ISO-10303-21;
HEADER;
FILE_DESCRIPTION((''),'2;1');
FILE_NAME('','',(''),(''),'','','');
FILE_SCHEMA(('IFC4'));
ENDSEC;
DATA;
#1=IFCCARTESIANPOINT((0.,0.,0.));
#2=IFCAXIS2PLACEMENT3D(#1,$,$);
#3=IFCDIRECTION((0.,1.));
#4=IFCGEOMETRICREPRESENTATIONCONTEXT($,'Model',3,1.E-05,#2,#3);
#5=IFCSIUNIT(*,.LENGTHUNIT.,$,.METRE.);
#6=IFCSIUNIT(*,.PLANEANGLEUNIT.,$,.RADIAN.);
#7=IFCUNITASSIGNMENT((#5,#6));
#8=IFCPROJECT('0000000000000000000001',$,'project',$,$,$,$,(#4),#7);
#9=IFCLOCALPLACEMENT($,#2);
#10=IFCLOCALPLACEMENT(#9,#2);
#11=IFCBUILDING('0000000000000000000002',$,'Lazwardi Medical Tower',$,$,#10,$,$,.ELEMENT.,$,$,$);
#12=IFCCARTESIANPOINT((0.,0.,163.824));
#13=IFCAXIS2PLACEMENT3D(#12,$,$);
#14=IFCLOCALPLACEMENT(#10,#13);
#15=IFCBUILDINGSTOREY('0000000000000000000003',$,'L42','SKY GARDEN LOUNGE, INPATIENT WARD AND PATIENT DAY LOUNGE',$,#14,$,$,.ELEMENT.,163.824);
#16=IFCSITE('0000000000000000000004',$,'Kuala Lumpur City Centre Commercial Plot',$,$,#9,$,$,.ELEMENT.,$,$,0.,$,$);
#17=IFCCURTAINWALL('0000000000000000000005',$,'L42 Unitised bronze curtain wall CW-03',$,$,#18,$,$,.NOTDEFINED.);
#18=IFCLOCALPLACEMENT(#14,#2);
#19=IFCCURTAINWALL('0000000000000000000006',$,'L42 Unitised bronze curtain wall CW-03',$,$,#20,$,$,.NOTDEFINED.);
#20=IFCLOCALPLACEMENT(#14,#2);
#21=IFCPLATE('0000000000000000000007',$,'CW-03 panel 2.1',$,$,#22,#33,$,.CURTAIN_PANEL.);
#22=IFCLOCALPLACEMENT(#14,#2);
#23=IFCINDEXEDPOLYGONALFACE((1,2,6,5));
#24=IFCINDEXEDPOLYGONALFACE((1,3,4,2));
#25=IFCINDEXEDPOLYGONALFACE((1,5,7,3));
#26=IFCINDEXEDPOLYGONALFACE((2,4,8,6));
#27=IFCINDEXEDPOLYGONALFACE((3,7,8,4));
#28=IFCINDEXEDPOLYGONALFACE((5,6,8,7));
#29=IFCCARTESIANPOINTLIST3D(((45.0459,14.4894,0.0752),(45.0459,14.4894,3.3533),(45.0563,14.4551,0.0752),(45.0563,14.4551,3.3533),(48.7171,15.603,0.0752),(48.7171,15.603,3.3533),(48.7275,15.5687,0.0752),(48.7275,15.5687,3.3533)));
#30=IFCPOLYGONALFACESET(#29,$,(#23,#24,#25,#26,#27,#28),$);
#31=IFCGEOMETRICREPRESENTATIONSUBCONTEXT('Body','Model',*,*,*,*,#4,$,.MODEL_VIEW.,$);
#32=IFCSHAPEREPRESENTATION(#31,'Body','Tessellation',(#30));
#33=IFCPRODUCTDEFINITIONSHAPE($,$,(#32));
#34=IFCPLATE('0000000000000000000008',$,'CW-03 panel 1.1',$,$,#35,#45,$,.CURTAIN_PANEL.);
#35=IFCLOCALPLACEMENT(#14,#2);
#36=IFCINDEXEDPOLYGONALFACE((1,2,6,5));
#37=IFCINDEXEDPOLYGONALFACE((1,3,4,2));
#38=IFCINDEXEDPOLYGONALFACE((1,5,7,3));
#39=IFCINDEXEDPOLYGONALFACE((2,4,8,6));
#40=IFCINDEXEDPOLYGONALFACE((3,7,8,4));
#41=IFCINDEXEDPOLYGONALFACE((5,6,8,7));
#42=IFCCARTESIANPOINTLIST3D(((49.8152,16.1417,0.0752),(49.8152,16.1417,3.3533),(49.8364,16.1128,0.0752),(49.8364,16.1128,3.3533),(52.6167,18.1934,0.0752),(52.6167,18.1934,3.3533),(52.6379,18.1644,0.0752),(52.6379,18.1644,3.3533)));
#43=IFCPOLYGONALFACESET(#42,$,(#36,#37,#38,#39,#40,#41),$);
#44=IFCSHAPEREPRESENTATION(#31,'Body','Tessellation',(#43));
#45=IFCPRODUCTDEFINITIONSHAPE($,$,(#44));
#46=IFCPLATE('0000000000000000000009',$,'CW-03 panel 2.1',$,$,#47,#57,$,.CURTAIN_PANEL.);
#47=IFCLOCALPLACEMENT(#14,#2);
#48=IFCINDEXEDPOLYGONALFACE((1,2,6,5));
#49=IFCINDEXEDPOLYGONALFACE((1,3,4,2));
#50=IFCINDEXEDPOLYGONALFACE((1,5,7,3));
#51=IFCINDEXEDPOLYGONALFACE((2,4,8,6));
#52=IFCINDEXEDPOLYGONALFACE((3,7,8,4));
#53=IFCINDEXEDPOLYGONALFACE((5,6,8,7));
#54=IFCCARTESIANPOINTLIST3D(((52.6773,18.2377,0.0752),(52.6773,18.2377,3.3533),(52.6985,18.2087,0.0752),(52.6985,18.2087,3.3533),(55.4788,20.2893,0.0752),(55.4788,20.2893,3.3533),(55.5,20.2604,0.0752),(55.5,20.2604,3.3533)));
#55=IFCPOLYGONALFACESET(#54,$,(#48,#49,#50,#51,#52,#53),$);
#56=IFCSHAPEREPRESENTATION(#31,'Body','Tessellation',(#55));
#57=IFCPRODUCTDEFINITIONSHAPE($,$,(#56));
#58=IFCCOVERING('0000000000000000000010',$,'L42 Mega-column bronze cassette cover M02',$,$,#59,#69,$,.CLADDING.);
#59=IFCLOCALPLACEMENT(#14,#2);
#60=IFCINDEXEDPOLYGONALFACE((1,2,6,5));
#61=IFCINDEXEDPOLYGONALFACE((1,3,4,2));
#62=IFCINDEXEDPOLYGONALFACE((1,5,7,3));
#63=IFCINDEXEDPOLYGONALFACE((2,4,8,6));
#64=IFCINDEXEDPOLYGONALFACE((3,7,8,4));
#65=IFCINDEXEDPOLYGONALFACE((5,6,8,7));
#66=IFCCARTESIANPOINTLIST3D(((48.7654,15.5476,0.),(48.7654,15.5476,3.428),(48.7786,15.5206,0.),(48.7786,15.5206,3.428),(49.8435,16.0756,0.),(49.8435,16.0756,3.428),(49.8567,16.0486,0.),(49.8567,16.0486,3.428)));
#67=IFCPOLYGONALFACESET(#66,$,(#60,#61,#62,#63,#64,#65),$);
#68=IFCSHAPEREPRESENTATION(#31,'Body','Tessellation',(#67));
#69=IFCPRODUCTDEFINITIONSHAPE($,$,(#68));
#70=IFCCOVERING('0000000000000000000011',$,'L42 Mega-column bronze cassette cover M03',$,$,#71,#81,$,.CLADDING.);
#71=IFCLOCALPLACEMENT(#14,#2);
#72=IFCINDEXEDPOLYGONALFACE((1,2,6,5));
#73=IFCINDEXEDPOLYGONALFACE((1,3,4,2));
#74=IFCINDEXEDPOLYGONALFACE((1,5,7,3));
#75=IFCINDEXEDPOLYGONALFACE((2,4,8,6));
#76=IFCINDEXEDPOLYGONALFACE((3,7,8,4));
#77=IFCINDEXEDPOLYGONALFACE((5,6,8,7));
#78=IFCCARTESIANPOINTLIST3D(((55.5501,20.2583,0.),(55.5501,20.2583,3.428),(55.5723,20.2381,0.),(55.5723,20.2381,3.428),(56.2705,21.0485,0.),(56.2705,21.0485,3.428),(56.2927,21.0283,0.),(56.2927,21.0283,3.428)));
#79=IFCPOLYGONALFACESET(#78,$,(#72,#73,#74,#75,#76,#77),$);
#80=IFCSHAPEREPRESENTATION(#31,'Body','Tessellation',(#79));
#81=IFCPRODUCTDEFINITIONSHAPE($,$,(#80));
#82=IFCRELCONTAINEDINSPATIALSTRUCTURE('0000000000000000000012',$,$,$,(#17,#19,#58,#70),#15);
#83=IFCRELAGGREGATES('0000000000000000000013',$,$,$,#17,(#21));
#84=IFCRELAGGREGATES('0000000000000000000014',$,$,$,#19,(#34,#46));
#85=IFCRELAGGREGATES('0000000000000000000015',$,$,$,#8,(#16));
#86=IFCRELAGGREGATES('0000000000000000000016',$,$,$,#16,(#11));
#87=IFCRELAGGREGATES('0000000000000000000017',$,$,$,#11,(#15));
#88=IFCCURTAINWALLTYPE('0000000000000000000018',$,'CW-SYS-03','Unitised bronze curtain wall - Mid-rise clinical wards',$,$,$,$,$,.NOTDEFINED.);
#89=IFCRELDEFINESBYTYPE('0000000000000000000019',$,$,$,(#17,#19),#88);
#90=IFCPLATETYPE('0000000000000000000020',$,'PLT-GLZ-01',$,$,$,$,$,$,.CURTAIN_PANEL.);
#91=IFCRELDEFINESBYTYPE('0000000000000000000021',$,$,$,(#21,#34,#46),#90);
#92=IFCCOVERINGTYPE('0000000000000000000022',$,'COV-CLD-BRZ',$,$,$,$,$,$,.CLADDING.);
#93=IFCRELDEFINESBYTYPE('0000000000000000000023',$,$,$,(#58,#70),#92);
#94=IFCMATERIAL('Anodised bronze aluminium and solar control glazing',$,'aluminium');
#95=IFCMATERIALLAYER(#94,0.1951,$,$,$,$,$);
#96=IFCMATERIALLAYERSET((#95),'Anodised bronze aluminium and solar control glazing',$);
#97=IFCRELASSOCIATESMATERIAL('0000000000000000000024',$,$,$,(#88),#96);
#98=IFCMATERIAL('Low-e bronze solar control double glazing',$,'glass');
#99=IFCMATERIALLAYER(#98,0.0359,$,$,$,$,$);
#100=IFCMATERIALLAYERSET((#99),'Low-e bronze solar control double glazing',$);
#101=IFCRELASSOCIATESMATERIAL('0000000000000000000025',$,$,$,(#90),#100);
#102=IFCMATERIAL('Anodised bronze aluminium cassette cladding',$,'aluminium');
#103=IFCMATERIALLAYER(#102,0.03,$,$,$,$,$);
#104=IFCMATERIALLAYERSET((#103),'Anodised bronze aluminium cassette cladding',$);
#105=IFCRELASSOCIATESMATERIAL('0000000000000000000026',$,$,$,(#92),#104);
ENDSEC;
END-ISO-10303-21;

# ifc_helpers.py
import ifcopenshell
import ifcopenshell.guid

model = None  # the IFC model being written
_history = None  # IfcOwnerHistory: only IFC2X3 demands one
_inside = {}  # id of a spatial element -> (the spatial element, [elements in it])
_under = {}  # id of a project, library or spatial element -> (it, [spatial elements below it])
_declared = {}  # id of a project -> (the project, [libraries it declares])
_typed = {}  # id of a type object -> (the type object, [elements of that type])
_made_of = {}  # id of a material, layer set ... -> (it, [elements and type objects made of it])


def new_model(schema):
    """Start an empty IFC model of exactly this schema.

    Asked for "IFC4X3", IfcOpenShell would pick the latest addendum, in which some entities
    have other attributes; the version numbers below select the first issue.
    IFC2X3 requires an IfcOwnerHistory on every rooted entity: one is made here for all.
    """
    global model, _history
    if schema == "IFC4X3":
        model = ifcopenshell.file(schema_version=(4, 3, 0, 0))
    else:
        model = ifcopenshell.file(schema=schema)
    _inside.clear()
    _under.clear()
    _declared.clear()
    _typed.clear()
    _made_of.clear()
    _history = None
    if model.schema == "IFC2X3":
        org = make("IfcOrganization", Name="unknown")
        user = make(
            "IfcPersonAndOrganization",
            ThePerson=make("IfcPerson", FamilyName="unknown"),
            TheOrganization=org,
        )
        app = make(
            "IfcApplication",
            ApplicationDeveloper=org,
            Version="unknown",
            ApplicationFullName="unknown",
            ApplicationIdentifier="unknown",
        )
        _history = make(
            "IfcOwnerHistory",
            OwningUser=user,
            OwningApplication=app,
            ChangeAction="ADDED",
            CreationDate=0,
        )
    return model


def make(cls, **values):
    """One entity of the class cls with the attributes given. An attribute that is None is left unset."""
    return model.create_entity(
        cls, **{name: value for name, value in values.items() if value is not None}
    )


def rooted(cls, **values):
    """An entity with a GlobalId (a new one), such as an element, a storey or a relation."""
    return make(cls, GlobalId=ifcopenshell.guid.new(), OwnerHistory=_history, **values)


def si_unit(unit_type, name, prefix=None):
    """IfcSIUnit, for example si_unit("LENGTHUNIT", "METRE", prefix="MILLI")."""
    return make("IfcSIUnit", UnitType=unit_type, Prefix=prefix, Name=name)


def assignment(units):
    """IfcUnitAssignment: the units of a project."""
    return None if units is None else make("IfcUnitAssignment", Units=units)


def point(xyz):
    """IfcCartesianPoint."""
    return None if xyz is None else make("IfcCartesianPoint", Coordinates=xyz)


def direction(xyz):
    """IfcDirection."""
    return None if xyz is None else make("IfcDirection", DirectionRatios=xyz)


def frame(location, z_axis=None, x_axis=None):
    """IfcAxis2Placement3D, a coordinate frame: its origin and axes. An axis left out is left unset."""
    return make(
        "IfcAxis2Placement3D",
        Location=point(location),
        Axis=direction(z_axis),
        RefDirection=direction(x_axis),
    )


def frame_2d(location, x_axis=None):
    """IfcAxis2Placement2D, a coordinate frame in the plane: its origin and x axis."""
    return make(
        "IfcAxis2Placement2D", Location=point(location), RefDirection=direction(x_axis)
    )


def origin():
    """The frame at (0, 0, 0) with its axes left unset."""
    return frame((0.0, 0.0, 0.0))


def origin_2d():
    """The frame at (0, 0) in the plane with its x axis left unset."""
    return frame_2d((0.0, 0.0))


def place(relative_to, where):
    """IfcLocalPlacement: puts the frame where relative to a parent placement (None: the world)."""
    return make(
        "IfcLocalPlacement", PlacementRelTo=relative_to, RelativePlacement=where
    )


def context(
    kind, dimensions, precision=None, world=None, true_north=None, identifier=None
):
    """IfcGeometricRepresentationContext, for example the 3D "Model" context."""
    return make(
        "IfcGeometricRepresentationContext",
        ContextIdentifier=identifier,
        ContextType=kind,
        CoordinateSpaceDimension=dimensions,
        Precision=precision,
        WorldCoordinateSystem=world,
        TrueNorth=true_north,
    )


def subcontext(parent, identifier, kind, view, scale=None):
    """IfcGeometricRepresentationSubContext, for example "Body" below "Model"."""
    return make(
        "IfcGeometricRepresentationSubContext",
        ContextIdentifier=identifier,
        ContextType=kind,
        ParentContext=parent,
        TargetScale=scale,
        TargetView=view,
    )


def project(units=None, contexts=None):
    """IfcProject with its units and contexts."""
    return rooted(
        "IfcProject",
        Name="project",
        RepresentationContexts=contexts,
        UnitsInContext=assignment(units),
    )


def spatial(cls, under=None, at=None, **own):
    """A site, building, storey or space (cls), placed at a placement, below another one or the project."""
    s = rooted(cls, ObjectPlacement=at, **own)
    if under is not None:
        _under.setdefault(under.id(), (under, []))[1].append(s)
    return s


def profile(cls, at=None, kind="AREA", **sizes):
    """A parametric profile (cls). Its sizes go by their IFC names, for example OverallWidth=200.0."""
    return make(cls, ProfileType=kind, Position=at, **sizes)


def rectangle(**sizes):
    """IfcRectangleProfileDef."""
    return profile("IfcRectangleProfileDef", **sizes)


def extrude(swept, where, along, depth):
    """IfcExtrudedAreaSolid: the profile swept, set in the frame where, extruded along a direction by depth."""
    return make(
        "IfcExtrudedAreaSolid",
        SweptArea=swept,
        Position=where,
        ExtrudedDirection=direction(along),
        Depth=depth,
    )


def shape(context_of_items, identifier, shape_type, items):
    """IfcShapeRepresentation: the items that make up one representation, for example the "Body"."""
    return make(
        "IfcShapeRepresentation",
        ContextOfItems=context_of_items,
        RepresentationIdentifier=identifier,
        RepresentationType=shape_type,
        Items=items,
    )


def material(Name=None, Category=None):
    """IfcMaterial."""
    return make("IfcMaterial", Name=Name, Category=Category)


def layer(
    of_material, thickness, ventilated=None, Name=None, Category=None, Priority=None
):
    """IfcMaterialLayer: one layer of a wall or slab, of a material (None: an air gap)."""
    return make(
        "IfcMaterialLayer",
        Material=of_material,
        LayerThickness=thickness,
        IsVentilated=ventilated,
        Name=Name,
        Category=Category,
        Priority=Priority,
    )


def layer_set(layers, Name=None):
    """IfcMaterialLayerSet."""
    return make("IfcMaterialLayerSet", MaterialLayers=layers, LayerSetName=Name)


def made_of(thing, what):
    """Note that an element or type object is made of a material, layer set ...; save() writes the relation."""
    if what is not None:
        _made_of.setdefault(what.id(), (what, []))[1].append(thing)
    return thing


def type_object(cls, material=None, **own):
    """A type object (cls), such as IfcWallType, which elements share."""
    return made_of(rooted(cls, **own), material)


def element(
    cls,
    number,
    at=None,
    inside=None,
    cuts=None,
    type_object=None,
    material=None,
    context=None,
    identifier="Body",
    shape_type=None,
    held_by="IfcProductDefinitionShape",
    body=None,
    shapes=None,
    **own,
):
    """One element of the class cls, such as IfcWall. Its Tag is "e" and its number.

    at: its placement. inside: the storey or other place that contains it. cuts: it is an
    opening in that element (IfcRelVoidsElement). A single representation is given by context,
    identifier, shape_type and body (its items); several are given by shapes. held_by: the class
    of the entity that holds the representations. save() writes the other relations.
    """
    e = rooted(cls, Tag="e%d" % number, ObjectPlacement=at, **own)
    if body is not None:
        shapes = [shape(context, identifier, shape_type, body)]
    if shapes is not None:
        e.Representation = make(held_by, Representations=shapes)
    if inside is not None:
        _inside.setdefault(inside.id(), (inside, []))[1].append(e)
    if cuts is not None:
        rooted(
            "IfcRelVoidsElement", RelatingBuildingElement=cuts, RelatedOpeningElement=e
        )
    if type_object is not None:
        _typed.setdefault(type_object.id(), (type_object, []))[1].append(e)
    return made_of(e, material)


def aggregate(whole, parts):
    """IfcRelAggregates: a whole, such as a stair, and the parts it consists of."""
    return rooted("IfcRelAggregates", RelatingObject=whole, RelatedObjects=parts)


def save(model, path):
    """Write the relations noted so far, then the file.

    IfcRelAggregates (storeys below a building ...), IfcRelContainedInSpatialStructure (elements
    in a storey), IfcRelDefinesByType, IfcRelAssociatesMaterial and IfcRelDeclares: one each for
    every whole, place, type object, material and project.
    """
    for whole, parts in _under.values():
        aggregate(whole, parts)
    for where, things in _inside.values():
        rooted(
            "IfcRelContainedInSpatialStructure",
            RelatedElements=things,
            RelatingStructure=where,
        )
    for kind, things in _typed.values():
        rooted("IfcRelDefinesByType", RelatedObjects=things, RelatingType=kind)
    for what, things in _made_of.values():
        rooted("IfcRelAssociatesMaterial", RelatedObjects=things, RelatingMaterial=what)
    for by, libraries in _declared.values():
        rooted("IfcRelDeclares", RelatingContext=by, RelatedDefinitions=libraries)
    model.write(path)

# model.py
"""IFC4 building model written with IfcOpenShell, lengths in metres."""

from ifc_helpers import new_model, si_unit, direction, frame, origin, origin_2d, place, context, subcontext, project, spatial, rectangle, extrude, material, layer, layer_set, type_object, element, aggregate, save


model = new_model("IFC4")

# Units and contexts
model_context = context("Model", 3, precision=1e-05, world=origin(), true_north=direction((0.0, 1.0)))
body_context = subcontext(model_context, "Body", "Model", "MODEL_VIEW")
ifc_project = project(units=[si_unit("LENGTHUNIT", "METRE"), si_unit("PLANEANGLEUNIT", "RADIAN")], contexts=[model_context])

# Site, building, storey
site_placement = place(None, origin())
site = spatial("IfcSite", under=ifc_project, at=site_placement, Name="Kuala Lumpur City Centre Commercial Plot", CompositionType="ELEMENT", RefElevation=0.0)
building_placement = place(site_placement, origin())
building = spatial("IfcBuilding", under=site, at=building_placement, Name="Lazwardi Medical Tower", CompositionType="ELEMENT")
storey_placement = place(building_placement, frame((0.0, 0.0, 163.824)))
storey = spatial("IfcBuildingStorey", under=building, at=storey_placement, Name="L42", Description="SKY GARDEN LOUNGE, INPATIENT WARD AND PATIENT DAY LOUNGE", CompositionType="ELEMENT", Elevation=163.824)

# Curtain wall
ifc_material_1 = material(Name="Anodised bronze aluminium and solar control glazing", Category="aluminium")
ifc_layer_1 = layer(ifc_material_1, 0.1951)
ifc_layer_set_1 = layer_set([ifc_layer_1], Name="Anodised bronze aluminium and solar control glazing")
curtain_wall_type = type_object("IfcCurtainWallType", Name="CW-SYS-03", Description="Unitised bronze curtain wall - Mid-rise clinical wards", PredefinedType="NOTDEFINED", material=ifc_layer_set_1)
curtain_wall_1_placement = place(storey_placement, origin())
curtain_wall_1 = element("IfcCurtainWall", 1, at=curtain_wall_1_placement, inside=storey, type_object=curtain_wall_type, Name="L42 Unitised bronze curtain wall CW-03", PredefinedType="NOTDEFINED")

# Curtain wall
curtain_wall_2_placement = place(storey_placement, origin())
curtain_wall_2 = element("IfcCurtainWall", 2, at=curtain_wall_2_placement, inside=storey, type_object=curtain_wall_type, Name="L42 Unitised bronze curtain wall CW-03", PredefinedType="NOTDEFINED")

# Plates
ifc_material_2 = material(Name="Low-e bronze solar control double glazing", Category="glass")
ifc_layer_2 = layer(ifc_material_2, 0.0359)
ifc_layer_set_2 = layer_set([ifc_layer_2], Name="Low-e bronze solar control double glazing")
plate_type = type_object("IfcPlateType", Name="PLT-GLZ-01", PredefinedType="CURTAIN_PANEL", material=ifc_layer_set_2)
plate_1_placement = place(storey_placement, frame((46.8867, 15.0291, 0.0752), z_axis=(0.0, 0.0, 1.0), x_axis=(0.956942, 0.290281, 0.0)))
plate_1 = element("IfcPlate", 3, at=plate_1_placement, type_object=plate_type, Name="CW-03 panel 2.1", PredefinedType="CURTAIN_PANEL", context=body_context, shape_type="SweptSolid", body=[
    extrude(rectangle(XDim=3.8364, YDim=0.0359, at=origin_2d()), origin(), (0.0, 0.0, 1.0), 3.2781),
])
aggregate(curtain_wall_1, [plate_1])
plate_2_placement = place(storey_placement, frame((51.2266, 17.1531, 0.0752), z_axis=(0.0, 0.0, 1.0), x_axis=(0.806793, 0.590834, 0.0)))
plate_2 = element("IfcPlate", 4, at=plate_2_placement, type_object=plate_type, Name="CW-03 panel 1.1", PredefinedType="CURTAIN_PANEL", context=body_context, shape_type="SweptSolid", body=[
    extrude(rectangle(XDim=3.4724, YDim=0.0359, at=origin_2d()), origin(), (0.0, 0.0, 1.0), 3.2781),
])
plate_3_placement = place(storey_placement, frame((54.0886, 19.249, 0.0752), z_axis=(0.0, 0.0, 1.0), x_axis=(0.806793, 0.590834, 0.0)))
plate_3 = element("IfcPlate", 5, at=plate_3_placement, type_object=plate_type, Name="CW-03 panel 2.1", PredefinedType="CURTAIN_PANEL", context=body_context, shape_type="SweptSolid", body=[
    extrude(rectangle(XDim=3.4724, YDim=0.0359, at=origin_2d()), origin(), (0.0, 0.0, 1.0), 3.2781),
])
aggregate(curtain_wall_2, [plate_2, plate_3])

# Coverings
ifc_material_3 = material(Name="Anodised bronze aluminium cassette cladding", Category="aluminium")
ifc_layer_3 = layer(ifc_material_3, 0.03)
ifc_layer_set_3 = layer_set([ifc_layer_3], Name="Anodised bronze aluminium cassette cladding")
covering_type = type_object("IfcCoveringType", Name="COV-CLD-BRZ", PredefinedType="CLADDING", material=ifc_layer_set_3)
covering_1_placement = place(storey_placement, frame((49.311, 15.7981, 0.0), z_axis=(0.0, 0.0, 1.0), x_axis=(0.898079, 0.439834, 0.0)))
element("IfcCovering", 6, at=covering_1_placement, inside=storey, type_object=covering_type, Name="L42 Mega-column bronze cassette cover M02", PredefinedType="CLADDING", context=body_context, shape_type="SweptSolid", body=[
    extrude(rectangle(XDim=1.2004, YDim=0.03, at=origin_2d()), origin(), (0.0, 0.0, 1.0), 3.428),
])
covering_2_placement = place(storey_placement, frame((55.9214, 20.6433, 0.0), z_axis=(0.0, 0.0, 1.0), x_axis=(0.673714, 0.738992, 0.0)))
element("IfcCovering", 7, at=covering_2_placement, inside=storey, type_object=covering_type, Name="L42 Mega-column bronze cassette cover M03", PredefinedType="CLADDING", context=body_context, shape_type="SweptSolid", body=[
    extrude(rectangle(XDim=1.0693, YDim=0.03, at=origin_2d()), origin(), (0.0, 0.0, 1.0), 3.428),
])

save(model, "model.ifc")
